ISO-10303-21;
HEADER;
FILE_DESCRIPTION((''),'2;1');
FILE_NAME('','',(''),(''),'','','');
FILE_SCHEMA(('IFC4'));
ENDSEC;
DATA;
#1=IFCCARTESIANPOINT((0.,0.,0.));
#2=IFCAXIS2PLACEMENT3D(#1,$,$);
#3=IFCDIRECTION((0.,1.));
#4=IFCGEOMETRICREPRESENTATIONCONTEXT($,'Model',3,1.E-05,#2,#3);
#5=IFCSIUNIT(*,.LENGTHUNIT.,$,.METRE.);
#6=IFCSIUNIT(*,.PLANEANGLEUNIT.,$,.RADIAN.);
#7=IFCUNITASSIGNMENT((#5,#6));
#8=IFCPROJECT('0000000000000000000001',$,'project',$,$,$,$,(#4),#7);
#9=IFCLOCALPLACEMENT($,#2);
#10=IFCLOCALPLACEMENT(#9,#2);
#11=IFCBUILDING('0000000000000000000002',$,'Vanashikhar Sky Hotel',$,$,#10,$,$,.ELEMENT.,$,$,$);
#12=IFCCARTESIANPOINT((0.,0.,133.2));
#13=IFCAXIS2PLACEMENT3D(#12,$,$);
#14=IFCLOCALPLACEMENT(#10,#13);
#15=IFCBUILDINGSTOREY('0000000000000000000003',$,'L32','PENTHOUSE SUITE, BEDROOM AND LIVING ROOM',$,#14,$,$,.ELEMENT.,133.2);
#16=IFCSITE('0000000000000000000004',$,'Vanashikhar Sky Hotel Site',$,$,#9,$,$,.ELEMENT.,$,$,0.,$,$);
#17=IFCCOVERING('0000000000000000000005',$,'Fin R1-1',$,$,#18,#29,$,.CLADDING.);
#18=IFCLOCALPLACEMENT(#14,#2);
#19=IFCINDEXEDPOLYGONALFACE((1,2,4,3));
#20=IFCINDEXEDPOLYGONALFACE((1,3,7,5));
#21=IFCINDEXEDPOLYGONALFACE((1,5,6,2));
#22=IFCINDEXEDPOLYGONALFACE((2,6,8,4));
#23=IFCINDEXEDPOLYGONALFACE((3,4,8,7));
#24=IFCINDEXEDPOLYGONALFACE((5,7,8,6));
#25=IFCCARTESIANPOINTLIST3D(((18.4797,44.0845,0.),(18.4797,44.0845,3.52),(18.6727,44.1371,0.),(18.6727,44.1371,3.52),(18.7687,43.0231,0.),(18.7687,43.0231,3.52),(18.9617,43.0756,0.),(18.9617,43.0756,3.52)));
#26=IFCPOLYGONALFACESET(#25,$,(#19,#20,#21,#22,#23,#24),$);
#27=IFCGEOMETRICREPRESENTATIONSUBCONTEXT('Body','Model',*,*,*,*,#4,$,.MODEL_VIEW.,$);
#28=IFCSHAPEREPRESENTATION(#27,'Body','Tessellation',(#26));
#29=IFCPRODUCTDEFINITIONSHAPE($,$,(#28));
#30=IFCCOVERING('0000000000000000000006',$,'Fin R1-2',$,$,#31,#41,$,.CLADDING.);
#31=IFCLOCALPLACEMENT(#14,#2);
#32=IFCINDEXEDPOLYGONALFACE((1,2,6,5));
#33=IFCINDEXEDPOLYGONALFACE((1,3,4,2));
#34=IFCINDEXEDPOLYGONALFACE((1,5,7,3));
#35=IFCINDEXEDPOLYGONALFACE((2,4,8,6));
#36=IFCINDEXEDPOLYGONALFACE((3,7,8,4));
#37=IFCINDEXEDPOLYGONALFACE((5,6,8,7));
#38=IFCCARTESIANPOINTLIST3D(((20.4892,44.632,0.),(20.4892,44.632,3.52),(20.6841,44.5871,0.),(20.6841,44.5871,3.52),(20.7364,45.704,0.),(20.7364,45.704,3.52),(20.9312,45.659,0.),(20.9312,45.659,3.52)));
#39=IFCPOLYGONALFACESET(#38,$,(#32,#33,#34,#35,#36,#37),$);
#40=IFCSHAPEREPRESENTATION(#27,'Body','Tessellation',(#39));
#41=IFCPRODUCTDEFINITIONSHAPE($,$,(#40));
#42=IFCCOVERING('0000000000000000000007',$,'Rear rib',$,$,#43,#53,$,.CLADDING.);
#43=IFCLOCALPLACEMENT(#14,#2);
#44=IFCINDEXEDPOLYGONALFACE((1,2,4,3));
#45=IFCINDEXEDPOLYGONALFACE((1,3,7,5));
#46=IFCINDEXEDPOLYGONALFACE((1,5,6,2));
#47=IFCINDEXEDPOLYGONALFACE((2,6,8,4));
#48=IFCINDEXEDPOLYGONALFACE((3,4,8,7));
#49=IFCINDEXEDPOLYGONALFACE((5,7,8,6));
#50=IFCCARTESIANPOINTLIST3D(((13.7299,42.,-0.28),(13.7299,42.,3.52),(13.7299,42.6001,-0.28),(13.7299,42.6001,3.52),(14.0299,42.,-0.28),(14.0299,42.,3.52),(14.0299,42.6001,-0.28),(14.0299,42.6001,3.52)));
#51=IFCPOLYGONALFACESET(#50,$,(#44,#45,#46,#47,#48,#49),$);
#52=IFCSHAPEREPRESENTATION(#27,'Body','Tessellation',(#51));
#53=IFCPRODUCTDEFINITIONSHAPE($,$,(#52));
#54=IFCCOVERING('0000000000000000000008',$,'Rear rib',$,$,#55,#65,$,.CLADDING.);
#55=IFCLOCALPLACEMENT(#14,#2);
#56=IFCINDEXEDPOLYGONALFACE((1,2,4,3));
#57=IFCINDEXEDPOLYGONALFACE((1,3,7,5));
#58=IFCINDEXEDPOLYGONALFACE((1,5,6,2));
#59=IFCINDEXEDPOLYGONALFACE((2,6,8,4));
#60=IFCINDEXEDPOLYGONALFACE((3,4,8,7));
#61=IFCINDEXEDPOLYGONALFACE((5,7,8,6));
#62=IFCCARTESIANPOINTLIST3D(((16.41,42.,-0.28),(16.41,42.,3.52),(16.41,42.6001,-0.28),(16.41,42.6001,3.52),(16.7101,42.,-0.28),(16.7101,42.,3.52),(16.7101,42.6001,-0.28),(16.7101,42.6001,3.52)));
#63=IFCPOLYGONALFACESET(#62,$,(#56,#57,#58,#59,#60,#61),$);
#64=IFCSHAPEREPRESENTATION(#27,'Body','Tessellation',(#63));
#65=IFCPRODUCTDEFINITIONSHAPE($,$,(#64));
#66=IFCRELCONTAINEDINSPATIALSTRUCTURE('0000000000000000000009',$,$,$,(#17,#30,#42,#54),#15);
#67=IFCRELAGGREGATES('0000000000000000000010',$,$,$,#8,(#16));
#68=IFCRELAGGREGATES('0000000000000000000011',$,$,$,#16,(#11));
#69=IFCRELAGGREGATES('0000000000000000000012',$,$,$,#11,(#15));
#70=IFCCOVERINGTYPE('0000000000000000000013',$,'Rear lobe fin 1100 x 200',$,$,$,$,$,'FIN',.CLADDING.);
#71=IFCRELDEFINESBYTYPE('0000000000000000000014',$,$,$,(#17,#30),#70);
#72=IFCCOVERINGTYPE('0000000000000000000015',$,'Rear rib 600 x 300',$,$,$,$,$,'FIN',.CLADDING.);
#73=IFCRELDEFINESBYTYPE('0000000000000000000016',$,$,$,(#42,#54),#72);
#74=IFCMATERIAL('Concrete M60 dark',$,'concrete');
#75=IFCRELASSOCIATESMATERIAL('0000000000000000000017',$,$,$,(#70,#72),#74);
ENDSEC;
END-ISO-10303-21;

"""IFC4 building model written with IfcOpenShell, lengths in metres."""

from ifc_helpers import new_model, si_unit, direction, frame, origin, origin_2d, place, context, subcontext, project, spatial, rectangle, extrude, source, transform, mapped, material, material_profile, profile_set, type_object, element, save


model = new_model("IFC4")

# Units and contexts
model_context = context("Model", 3, precision=1e-05, world=origin(), true_north=direction((0.0, 1.0)))
body_context = subcontext(model_context, "Body", "Model", "MODEL_VIEW")
ifc_project = project(units=[si_unit("LENGTHUNIT", "METRE"), si_unit("PLANEANGLEUNIT", "RADIAN")], contexts=[model_context])

# Site, building, storey
site_placement = place(None, origin())
site = spatial("IfcSite", under=ifc_project, at=site_placement, Name="Vanashikhar Sky Hotel Site", CompositionType="ELEMENT", RefElevation=0.0)
building_placement = place(site_placement, origin())
building = spatial("IfcBuilding", under=site, at=building_placement, Name="Vanashikhar Sky Hotel", CompositionType="ELEMENT")
storey_placement = place(building_placement, frame((0.0, 0.0, 133.2)))
storey = spatial("IfcBuildingStorey", under=building, at=storey_placement, Name="L32", Description="PENTHOUSE SUITE, BEDROOM AND LIVING ROOM", CompositionType="ELEMENT", Elevation=133.2)

# Coverings
ifc_material_1 = material(Name="Concrete M60 dark", Category="concrete")
ifc_material_profile_1 = material_profile(ifc_material_1, rectangle(XDim=1.1001, YDim=0.2, at=origin_2d()))
ifc_profile_set_1 = profile_set([ifc_material_profile_1], Name="Rear lobe fin 1100 x 200")
covering_type_1 = type_object("IfcCoveringType", Name="Rear lobe fin 1100 x 200", ElementType="FIN", PredefinedType="CLADDING", material=ifc_profile_set_1)
shared_shape_1 = source(origin(), body_context, "Body", "SweptSolid", [
    extrude(rectangle(XDim=1.1001, YDim=0.2, at=origin_2d()), origin(), (0.0, 0.0, 1.0), 3.52),
])
for number, where, z_axis, x_axis, name in (
    (1, (18.7207, 43.5801, 0.0), (0.0, 0.0, 1.0), (-0.262711, 0.964874, 0.0), "Fin R1-1"),
    (2, (20.7102, 45.1455, 0.0), (0.0, 0.0, 1.0), (0.224645, 0.974441, 0.0), "Fin R1-2"),
):
    element("IfcCovering", number, at=place(storey_placement, frame(where, z_axis=z_axis, x_axis=x_axis)), inside=storey, type_object=covering_type_1, Name=name, PredefinedType="CLADDING", context=body_context, shape_type="MappedRepresentation", body=[
        mapped(shared_shape_1, transform((0.0, 0.0, 0.0), scale=1.0)),
    ])
ifc_material_profile_2 = material_profile(ifc_material_1, rectangle(XDim=0.6001, YDim=0.3, at=origin_2d()))
ifc_profile_set_2 = profile_set([ifc_material_profile_2], Name="Rear rib 600 x 300")
covering_type_2 = type_object("IfcCoveringType", Name="Rear rib 600 x 300", ElementType="FIN", PredefinedType="CLADDING", material=ifc_profile_set_2)
shared_shape_2 = source(origin(), body_context, "Body", "SweptSolid", [
    extrude(rectangle(XDim=0.6001, YDim=0.3, at=origin_2d()), origin(), (0.0, 0.0, 1.0), 3.8),
])
for number, where, z_axis, x_axis, name in (
    (3, (13.8799, 42.3, -0.28), (0.0, 0.0, 1.0), (0.0, 1.0, 0.0), "Rear rib"),
    (4, (16.5601, 42.3, -0.28), (0.0, 0.0, 1.0), (0.0, 1.0, 0.0), "Rear rib"),
):
    element("IfcCovering", number, at=place(storey_placement, frame(where, z_axis=z_axis, x_axis=x_axis)), inside=storey, type_object=covering_type_2, Name=name, PredefinedType="CLADDING", context=body_context, shape_type="MappedRepresentation", body=[
        mapped(shared_shape_2, transform((0.0, 0.0, 0.0), scale=1.0)),
    ])

save(model, "model.ifc")
